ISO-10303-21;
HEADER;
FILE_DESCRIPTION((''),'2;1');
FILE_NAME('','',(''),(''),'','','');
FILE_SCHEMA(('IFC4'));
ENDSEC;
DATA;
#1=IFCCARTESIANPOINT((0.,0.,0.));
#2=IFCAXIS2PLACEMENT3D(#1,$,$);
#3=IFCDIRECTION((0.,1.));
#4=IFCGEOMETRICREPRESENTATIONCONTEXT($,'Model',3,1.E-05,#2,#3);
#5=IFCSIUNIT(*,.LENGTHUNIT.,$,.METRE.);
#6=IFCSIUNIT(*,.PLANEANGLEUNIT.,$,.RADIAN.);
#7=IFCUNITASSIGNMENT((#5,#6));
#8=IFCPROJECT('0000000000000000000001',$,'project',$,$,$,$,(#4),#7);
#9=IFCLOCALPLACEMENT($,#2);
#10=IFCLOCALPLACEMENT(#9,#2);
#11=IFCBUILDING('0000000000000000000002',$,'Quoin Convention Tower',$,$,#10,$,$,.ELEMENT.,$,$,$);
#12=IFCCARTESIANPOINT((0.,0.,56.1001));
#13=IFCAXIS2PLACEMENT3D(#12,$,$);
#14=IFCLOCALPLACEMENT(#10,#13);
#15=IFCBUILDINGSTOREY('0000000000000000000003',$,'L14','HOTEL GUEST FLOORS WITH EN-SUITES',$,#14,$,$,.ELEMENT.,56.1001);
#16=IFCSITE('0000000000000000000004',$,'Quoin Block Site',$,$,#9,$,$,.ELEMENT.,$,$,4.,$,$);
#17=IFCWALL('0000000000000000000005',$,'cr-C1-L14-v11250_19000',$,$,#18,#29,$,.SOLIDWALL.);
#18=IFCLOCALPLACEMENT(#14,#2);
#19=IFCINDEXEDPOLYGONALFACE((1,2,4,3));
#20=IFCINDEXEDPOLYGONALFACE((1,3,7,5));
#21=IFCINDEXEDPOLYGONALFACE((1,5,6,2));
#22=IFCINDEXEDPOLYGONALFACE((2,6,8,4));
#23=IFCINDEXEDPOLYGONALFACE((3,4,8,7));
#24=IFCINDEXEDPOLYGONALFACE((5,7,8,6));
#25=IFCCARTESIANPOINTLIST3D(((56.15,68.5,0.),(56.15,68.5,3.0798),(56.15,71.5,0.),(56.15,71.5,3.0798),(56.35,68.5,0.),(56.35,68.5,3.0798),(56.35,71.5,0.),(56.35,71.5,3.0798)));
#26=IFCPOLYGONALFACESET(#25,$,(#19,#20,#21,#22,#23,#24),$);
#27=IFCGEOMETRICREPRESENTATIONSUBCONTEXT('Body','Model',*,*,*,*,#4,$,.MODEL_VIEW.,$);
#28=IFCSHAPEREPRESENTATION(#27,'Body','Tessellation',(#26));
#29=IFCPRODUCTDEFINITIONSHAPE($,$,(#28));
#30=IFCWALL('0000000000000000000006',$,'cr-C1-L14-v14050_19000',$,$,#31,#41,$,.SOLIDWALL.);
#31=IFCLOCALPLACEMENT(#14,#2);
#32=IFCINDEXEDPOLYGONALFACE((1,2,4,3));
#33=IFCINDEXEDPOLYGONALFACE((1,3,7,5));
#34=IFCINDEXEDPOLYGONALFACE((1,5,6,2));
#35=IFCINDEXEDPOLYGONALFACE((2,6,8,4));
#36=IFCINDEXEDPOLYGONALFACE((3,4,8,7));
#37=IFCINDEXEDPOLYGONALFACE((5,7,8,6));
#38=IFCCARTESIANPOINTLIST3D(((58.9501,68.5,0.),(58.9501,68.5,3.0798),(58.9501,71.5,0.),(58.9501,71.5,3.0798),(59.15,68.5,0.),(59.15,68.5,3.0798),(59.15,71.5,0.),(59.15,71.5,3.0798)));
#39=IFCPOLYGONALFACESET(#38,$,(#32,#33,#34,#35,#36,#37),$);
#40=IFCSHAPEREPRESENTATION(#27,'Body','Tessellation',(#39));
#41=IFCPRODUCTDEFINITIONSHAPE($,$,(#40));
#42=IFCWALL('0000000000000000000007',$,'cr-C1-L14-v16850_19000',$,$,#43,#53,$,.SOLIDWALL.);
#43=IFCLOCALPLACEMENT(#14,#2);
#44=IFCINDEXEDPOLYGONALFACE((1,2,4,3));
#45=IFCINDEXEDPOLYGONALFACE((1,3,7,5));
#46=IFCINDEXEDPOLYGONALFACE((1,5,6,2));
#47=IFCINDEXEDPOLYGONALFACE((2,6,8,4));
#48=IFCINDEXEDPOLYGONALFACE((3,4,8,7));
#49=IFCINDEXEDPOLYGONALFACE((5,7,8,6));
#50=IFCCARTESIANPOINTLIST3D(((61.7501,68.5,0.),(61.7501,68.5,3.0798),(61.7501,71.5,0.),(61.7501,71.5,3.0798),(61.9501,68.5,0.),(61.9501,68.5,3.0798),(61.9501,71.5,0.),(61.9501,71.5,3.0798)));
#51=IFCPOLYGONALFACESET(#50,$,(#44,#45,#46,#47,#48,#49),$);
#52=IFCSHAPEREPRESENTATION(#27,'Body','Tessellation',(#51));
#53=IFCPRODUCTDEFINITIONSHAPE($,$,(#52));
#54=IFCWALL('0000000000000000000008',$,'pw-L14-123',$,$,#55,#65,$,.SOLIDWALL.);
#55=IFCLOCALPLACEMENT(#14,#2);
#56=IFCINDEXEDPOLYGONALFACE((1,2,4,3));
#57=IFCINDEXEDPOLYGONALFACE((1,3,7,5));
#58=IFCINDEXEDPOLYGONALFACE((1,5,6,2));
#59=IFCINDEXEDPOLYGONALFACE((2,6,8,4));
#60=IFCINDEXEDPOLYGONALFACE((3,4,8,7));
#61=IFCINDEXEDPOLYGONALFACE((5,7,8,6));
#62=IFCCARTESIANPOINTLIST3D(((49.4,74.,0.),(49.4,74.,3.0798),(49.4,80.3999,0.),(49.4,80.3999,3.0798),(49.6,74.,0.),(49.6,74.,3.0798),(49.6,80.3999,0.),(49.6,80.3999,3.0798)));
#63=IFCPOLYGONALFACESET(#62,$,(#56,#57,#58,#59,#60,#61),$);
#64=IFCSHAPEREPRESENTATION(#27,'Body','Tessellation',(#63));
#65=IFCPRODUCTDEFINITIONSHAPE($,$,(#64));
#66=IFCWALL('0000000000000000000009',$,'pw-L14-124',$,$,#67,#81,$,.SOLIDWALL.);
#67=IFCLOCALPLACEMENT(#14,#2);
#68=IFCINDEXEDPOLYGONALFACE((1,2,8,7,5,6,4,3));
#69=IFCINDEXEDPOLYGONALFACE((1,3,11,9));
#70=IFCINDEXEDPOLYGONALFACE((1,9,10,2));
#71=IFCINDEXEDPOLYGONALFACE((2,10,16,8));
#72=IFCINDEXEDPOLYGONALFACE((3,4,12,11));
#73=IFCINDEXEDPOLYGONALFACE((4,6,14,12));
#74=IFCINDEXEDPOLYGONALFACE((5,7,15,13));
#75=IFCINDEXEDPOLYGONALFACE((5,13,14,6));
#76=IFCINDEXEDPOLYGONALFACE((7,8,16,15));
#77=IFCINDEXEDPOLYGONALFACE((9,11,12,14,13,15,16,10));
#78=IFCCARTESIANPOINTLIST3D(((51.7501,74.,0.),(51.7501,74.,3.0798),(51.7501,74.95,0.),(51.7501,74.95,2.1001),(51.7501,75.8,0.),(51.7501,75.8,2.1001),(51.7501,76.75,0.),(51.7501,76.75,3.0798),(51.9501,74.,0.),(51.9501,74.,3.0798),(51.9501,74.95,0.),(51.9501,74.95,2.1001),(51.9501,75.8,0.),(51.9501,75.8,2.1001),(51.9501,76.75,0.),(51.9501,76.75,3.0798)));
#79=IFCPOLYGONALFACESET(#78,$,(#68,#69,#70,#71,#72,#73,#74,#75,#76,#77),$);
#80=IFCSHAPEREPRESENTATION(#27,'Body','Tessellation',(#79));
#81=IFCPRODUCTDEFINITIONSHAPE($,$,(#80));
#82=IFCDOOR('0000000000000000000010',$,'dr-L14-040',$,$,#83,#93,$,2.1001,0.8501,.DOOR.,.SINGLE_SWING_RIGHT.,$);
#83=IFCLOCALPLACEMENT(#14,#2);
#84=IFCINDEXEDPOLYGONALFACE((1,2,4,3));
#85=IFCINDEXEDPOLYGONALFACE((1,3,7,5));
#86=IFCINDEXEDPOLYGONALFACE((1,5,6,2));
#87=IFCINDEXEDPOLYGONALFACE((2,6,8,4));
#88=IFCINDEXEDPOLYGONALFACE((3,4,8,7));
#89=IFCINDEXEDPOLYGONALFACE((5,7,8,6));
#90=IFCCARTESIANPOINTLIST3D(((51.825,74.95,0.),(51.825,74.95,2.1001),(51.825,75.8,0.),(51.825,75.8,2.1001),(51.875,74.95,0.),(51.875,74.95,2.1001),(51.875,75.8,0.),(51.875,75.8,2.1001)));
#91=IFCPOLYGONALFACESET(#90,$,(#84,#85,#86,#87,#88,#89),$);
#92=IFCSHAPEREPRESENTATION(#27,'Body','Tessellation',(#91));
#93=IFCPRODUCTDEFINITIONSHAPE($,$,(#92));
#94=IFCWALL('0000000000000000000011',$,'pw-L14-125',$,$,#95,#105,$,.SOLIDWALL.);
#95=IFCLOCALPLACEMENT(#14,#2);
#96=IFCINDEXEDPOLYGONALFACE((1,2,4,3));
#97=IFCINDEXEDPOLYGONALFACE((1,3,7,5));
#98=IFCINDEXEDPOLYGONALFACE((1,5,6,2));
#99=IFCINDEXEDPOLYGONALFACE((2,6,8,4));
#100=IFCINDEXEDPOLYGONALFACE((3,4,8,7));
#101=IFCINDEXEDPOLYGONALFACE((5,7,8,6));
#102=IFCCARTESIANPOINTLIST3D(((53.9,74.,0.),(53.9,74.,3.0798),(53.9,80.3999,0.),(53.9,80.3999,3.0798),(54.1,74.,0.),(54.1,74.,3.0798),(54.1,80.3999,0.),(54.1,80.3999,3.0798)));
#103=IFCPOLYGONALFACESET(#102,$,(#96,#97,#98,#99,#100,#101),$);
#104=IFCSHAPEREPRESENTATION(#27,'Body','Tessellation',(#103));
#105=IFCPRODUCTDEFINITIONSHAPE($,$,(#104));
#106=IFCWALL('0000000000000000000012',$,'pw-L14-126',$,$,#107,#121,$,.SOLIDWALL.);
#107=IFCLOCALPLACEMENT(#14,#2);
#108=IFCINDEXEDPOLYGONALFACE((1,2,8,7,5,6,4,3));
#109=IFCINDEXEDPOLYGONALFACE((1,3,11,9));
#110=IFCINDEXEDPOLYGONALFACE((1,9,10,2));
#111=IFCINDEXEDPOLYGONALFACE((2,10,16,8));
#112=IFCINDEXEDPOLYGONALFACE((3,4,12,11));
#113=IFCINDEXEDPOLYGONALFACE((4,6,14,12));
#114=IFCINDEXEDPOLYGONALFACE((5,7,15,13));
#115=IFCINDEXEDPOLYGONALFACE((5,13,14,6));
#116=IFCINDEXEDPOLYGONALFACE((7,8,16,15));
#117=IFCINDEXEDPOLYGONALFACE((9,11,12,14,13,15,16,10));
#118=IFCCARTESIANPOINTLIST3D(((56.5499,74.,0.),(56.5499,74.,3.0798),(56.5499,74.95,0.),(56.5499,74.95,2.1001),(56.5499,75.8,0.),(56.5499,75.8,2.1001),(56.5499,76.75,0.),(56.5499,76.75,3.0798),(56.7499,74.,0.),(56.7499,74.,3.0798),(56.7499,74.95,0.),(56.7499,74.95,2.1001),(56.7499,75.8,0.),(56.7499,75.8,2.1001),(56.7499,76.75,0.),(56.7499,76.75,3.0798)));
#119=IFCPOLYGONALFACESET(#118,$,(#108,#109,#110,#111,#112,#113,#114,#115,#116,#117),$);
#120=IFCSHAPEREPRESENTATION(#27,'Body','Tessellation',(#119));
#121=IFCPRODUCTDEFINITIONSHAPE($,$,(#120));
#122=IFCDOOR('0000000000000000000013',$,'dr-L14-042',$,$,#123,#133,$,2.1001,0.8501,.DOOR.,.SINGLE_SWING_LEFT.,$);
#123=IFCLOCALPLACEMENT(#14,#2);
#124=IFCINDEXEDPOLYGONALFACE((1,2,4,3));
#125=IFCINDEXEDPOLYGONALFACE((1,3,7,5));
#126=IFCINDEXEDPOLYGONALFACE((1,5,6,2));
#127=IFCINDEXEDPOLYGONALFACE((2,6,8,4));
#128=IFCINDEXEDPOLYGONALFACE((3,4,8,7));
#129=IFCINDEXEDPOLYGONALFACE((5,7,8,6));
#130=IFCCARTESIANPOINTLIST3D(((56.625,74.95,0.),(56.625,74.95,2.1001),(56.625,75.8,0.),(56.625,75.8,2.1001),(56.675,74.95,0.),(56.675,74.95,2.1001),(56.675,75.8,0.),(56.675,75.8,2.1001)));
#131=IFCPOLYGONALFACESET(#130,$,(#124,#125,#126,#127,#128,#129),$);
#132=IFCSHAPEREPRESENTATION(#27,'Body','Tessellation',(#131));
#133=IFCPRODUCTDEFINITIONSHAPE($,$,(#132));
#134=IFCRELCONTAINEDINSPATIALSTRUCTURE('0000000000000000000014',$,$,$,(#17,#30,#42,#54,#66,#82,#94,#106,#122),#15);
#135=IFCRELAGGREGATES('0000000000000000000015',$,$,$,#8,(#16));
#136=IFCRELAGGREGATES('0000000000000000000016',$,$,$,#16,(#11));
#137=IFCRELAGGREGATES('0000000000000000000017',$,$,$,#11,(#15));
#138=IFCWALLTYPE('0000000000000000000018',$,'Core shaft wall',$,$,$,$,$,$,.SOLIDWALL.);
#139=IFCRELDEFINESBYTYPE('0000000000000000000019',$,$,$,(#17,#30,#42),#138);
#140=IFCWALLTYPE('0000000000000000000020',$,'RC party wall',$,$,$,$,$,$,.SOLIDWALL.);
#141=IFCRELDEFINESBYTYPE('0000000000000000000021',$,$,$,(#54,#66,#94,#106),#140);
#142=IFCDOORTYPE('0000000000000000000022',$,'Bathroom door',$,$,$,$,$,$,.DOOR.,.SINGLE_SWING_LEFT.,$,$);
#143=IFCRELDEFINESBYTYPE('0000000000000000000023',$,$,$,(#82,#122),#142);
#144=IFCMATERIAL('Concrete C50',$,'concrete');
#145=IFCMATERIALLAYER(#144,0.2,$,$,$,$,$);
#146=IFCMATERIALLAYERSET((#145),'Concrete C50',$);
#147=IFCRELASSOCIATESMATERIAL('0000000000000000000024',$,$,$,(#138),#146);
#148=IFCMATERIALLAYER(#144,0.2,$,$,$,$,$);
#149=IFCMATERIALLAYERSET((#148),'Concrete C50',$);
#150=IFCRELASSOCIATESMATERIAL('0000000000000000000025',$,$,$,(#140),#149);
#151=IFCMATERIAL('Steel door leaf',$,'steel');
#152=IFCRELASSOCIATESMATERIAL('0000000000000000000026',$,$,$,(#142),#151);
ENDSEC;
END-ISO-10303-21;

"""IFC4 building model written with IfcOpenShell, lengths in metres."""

from ifc_helpers import new_model, si_unit, direction, frame, frame_2d, origin, place, context, subcontext, project, spatial, rectangle, extrude, material, layer, layer_set, type_object, element, fill, save


model = new_model("IFC4")

# Units and contexts
model_context = context("Model", 3, precision=1e-05, world=origin(), true_north=direction((0.0, 1.0)))
body_context = subcontext(model_context, "Body", "Model", "MODEL_VIEW")
ifc_project = project(units=[si_unit("LENGTHUNIT", "METRE"), si_unit("PLANEANGLEUNIT", "RADIAN")], contexts=[model_context])

# Site, building, storey
site_placement = place(None, origin())
site = spatial("IfcSite", under=ifc_project, at=site_placement, Name="Quoin Block Site", CompositionType="ELEMENT", RefElevation=4.0)
building_placement = place(site_placement, origin())
building = spatial("IfcBuilding", under=site, at=building_placement, Name="Quoin Convention Tower", CompositionType="ELEMENT")
storey_placement = place(building_placement, frame((0.0, 0.0, 56.1001)))
storey = spatial("IfcBuildingStorey", under=building, at=storey_placement, Name="L14", Description="HOTEL GUEST FLOORS WITH EN-SUITES", CompositionType="ELEMENT", Elevation=56.1001)

# Shared definitions
ifc_material_1 = material(Name="Steel door leaf", Category="steel")

# Shared definitions
ifc_material_2 = material(Name="Concrete C50", Category="concrete")
ifc_layer_1 = layer(ifc_material_2, 0.2)
ifc_layer_set_1 = layer_set([ifc_layer_1], Name="Concrete C50")
wall_type_1 = type_object("IfcWallType", Name="Core shaft wall", PredefinedType="SOLIDWALL", material=ifc_layer_set_1)

# Walls
for number, where, z_axis, x_axis, name in (
    (1, (56.25, 68.5, 0.0), (0.0, 0.0, 1.0), (0.0, 1.0, 0.0), "cr-C1-L14-v11250_19000"),
    (2, (59.05, 68.5, 0.0), (0.0, 0.0, 1.0), (0.0, 1.0, 0.0), "cr-C1-L14-v14050_19000"),
    (3, (61.8501, 68.5, 0.0), (0.0, 0.0, 1.0), (0.0, 1.0, 0.0), "cr-C1-L14-v16850_19000"),
):
    element("IfcWall", number, at=place(storey_placement, frame(where, z_axis=z_axis, x_axis=x_axis)), inside=storey, type_object=wall_type_1, Name=name, PredefinedType="SOLIDWALL", context=body_context, shape_type="SweptSolid", body=[
        extrude(rectangle(XDim=3.0, YDim=0.2, at=frame_2d((1.5, 0.0))), origin(), (0.0, 0.0, 1.0), 3.0798),
    ])
ifc_layer_2 = layer(ifc_material_2, 0.2)
ifc_layer_set_2 = layer_set([ifc_layer_2], Name="Concrete C50")
wall_type_2 = type_object("IfcWallType", Name="RC party wall", PredefinedType="SOLIDWALL", material=ifc_layer_set_2)
wall_1_placement = place(storey_placement, frame((49.5, 74.0, 0.0), z_axis=(0.0, 0.0, 1.0), x_axis=(0.0, 1.0, 0.0)))
element("IfcWall", 4, at=wall_1_placement, inside=storey, type_object=wall_type_2, Name="pw-L14-123", PredefinedType="SOLIDWALL", context=body_context, shape_type="SweptSolid", body=[
    extrude(rectangle(XDim=6.3999, YDim=0.2, at=frame_2d((3.2, 0.0))), origin(), (0.0, 0.0, 1.0), 3.0798),
])

# Wall, opening, door
wall_2_placement = place(storey_placement, frame((51.8501, 74.0, 0.0), z_axis=(0.0, 0.0, 1.0), x_axis=(0.0, 1.0, 0.0)))
wall_2 = element("IfcWall", 5, at=wall_2_placement, inside=storey, type_object=wall_type_2, Name="pw-L14-124", PredefinedType="SOLIDWALL", context=body_context, shape_type="SweptSolid", body=[
    extrude(rectangle(XDim=2.75, YDim=0.2, at=frame_2d((1.375, 0.0))), origin(), (0.0, 0.0, 1.0), 3.0798),
])
opening_1_placement = place(wall_2_placement, frame((0.95, 0.0, 0.0)))
opening_1 = element("IfcOpeningElement", 6, at=opening_1_placement, cuts=wall_2, PredefinedType="OPENING", context=body_context, shape_type="SweptSolid", body=[
    extrude(rectangle(XDim=0.8501, YDim=2.1001, at=frame_2d((0.425, 1.05))), frame((0.0, 0.1099, 0.0), z_axis=(0.0, -1.0, 0.0), x_axis=(1.0, 0.0, 0.0)), (0.0, 0.0, 1.0), 0.22),
])
door_type_1 = type_object("IfcDoorType", Name="Bathroom door", OperationType="SINGLE_SWING_LEFT", PredefinedType="DOOR", material=ifc_material_1)
door_1_placement = place(opening_1_placement, frame((0.8501, 0.0, 0.0), z_axis=(0.0, 0.0, 1.0), x_axis=(-1.0, 0.0, 0.0)))
door_1 = element("IfcDoor", 7, at=door_1_placement, inside=storey, type_object=door_type_1, Name="dr-L14-040", OperationType="SINGLE_SWING_RIGHT", OverallHeight=2.1001, OverallWidth=0.8501, PredefinedType="DOOR", context=body_context, shape_type="SweptSolid", body=[
    extrude(rectangle(XDim=0.8501, YDim=2.1001, at=frame_2d((0.425, 1.05))), frame((0.0, 0.0249, 0.0), z_axis=(0.0, -1.0, 0.0), x_axis=(1.0, 0.0, 0.0)), (0.0, 0.0, 1.0), 0.05),
])
fill(opening_1, door_1)

# Wall
wall_3_placement = place(storey_placement, frame((54.0, 74.0, 0.0), z_axis=(0.0, 0.0, 1.0), x_axis=(0.0, 1.0, 0.0)))
element("IfcWall", 8, at=wall_3_placement, inside=storey, type_object=wall_type_2, Name="pw-L14-125", PredefinedType="SOLIDWALL", context=body_context, shape_type="SweptSolid", body=[
    extrude(rectangle(XDim=6.3999, YDim=0.2, at=frame_2d((3.2, 0.0))), origin(), (0.0, 0.0, 1.0), 3.0798),
])

# Wall, opening, door
wall_4_placement = place(storey_placement, frame((56.6499, 74.0, 0.0), z_axis=(0.0, 0.0, 1.0), x_axis=(0.0, 1.0, 0.0)))
wall_4 = element("IfcWall", 9, at=wall_4_placement, inside=storey, type_object=wall_type_2, Name="pw-L14-126", PredefinedType="SOLIDWALL", context=body_context, shape_type="SweptSolid", body=[
    extrude(rectangle(XDim=2.75, YDim=0.2, at=frame_2d((1.375, 0.0))), origin(), (0.0, 0.0, 1.0), 3.0798),
])
opening_2_placement = place(wall_4_placement, frame((0.95, 0.0, 0.0)))
opening_2 = element("IfcOpeningElement", 10, at=opening_2_placement, cuts=wall_4, PredefinedType="OPENING", context=body_context, shape_type="SweptSolid", body=[
    extrude(rectangle(XDim=0.8501, YDim=2.1001, at=frame_2d((0.425, 1.05))), frame((0.0, 0.1099, 0.0), z_axis=(0.0, -1.0, 0.0), x_axis=(1.0, 0.0, 0.0)), (0.0, 0.0, 1.0), 0.22),
])
door_2_placement = place(opening_2_placement, origin())
door_2 = element("IfcDoor", 11, at=door_2_placement, inside=storey, type_object=door_type_1, Name="dr-L14-042", OperationType="SINGLE_SWING_LEFT", OverallHeight=2.1001, OverallWidth=0.8501, PredefinedType="DOOR", context=body_context, shape_type="SweptSolid", body=[
    extrude(rectangle(XDim=0.8501, YDim=2.1001, at=frame_2d((0.425, 1.05))), frame((0.0, 0.0249, 0.0), z_axis=(0.0, -1.0, 0.0), x_axis=(1.0, 0.0, 0.0)), (0.0, 0.0, 1.0), 0.05),
])
fill(opening_2, door_2)

save(model, "model.ifc")
